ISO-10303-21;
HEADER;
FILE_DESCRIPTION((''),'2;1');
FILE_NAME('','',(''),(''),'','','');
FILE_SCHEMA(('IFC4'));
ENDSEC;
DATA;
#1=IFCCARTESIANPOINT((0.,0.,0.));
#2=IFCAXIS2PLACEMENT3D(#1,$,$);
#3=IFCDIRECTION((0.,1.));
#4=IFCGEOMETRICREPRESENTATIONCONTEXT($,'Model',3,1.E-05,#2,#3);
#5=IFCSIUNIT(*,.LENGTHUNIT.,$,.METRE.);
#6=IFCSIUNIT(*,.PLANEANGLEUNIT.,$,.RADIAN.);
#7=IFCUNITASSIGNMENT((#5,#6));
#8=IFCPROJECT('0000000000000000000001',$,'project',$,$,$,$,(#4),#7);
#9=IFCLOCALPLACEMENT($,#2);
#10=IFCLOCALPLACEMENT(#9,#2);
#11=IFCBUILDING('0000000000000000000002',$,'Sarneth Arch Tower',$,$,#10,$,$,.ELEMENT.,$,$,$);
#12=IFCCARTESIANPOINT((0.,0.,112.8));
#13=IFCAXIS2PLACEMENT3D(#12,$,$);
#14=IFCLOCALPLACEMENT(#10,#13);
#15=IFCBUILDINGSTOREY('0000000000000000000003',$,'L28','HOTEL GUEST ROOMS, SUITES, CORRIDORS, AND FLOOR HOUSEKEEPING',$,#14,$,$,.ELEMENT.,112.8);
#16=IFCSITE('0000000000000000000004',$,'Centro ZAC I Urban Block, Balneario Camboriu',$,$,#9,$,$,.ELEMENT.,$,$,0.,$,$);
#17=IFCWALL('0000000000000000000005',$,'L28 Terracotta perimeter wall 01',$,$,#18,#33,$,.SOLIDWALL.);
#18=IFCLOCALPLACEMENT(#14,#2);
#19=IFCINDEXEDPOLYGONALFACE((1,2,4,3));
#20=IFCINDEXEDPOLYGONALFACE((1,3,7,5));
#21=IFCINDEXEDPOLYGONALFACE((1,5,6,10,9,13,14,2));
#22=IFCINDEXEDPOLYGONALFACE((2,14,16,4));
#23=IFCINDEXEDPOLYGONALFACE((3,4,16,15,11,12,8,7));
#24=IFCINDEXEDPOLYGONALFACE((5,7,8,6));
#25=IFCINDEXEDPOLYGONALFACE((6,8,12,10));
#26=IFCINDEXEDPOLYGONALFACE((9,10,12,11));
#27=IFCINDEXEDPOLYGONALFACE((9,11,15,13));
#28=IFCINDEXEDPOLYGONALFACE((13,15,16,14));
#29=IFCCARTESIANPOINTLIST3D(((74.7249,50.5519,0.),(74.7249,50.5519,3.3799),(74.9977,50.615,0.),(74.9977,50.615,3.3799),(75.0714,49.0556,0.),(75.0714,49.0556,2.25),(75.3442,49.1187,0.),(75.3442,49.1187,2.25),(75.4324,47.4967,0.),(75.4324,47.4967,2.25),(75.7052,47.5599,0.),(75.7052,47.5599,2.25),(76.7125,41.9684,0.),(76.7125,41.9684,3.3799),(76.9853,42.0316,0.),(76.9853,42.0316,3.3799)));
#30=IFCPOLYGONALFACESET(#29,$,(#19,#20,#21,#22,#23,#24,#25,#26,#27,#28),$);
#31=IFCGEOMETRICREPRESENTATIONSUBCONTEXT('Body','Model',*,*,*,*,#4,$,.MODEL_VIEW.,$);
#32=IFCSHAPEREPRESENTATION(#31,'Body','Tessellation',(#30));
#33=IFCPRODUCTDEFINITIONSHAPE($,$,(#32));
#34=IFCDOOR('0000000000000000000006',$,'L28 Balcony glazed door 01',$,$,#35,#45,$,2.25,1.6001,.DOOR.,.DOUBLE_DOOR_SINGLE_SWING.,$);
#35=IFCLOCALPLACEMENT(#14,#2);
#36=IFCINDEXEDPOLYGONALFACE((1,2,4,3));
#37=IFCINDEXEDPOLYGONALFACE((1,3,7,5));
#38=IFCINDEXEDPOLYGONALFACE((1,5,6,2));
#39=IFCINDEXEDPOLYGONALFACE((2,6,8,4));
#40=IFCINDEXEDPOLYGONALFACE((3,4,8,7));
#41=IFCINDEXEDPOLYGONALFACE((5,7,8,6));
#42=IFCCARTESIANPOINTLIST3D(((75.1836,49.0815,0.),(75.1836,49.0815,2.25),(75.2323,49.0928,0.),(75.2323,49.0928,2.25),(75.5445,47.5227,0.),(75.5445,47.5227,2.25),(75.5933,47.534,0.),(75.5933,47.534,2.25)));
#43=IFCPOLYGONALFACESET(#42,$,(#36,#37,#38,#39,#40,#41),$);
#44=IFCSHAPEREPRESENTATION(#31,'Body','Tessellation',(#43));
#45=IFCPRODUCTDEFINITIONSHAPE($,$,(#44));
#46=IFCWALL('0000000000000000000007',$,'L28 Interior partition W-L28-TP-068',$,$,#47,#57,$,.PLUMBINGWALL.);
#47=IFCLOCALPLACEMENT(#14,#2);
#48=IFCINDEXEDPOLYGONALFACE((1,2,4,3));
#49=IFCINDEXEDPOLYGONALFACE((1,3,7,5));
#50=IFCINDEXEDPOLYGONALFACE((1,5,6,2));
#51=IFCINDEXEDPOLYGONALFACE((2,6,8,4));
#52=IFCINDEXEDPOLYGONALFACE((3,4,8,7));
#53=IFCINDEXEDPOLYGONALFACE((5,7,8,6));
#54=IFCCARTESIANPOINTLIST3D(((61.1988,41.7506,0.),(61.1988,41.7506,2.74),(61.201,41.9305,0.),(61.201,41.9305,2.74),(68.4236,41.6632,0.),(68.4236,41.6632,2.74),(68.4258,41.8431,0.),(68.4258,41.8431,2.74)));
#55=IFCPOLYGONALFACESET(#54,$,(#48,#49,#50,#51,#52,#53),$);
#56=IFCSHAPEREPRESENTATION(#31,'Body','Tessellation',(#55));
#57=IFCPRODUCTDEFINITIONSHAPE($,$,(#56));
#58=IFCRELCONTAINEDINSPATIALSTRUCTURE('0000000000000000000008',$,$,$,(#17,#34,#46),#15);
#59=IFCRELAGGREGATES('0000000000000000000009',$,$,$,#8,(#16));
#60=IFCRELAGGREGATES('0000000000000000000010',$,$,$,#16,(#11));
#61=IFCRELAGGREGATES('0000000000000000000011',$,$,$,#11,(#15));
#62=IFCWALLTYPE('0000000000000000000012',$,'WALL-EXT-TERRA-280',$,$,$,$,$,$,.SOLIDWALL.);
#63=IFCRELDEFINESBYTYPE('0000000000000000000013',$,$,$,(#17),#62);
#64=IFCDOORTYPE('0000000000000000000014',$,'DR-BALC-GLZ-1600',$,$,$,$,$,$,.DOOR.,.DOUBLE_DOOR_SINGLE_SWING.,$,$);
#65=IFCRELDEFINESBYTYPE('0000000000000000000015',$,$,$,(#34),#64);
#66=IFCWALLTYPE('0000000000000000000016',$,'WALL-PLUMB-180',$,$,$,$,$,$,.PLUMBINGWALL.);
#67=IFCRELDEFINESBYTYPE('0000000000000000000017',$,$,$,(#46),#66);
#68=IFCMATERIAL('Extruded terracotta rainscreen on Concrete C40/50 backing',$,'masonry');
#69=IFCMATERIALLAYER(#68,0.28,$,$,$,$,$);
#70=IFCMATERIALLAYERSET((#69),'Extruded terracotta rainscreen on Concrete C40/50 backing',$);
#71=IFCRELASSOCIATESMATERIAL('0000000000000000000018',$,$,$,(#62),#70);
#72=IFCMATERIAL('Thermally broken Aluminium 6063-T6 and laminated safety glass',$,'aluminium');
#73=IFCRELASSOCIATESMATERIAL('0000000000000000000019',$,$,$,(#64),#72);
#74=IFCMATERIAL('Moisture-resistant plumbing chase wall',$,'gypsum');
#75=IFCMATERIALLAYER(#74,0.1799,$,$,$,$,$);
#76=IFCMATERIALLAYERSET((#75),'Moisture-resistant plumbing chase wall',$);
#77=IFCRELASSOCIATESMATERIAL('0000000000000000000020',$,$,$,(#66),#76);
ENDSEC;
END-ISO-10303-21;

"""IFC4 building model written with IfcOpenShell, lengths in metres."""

from ifc_helpers import new_model, si_unit, direction, frame, frame_2d, origin, place, context, subcontext, project, spatial, rectangle, extrude, material, layer, layer_set, type_object, element, fill, save


model = new_model("IFC4")

# Units and contexts
model_context = context("Model", 3, precision=1e-05, world=origin(), true_north=direction((0.0, 1.0)))
body_context = subcontext(model_context, "Body", "Model", "MODEL_VIEW")
ifc_project = project(units=[si_unit("LENGTHUNIT", "METRE"), si_unit("PLANEANGLEUNIT", "RADIAN")], contexts=[model_context])

# Site, building, storey
site_placement = place(None, origin())
site = spatial("IfcSite", under=ifc_project, at=site_placement, Name="Centro ZAC I Urban Block, Balneario Camboriu", CompositionType="ELEMENT", RefElevation=0.0)
building_placement = place(site_placement, origin())
building = spatial("IfcBuilding", under=site, at=building_placement, Name="Sarneth Arch Tower", CompositionType="ELEMENT")
storey_placement = place(building_placement, frame((0.0, 0.0, 112.8)))
storey = spatial("IfcBuildingStorey", under=building, at=storey_placement, Name="L28", Description="HOTEL GUEST ROOMS, SUITES, CORRIDORS, AND FLOOR HOUSEKEEPING", CompositionType="ELEMENT", Elevation=112.8)

# Wall, opening, door
ifc_material_1 = material(Name="Extruded terracotta rainscreen on Concrete C40/50 backing", Category="masonry")
ifc_layer_1 = layer(ifc_material_1, 0.28)
ifc_layer_set_1 = layer_set([ifc_layer_1], Name="Extruded terracotta rainscreen on Concrete C40/50 backing")
wall_type_1 = type_object("IfcWallType", Name="WALL-EXT-TERRA-280", PredefinedType="SOLIDWALL", material=ifc_layer_set_1)
wall_1_placement = place(storey_placement, frame((76.8489, 42.0, 0.0), z_axis=(0.0, 0.0, 1.0), x_axis=(-0.225586, 0.974223, 0.0)))
wall_1 = element("IfcWall", 1, at=wall_1_placement, inside=storey, type_object=wall_type_1, Name="L28 Terracotta perimeter wall 01", PredefinedType="SOLIDWALL", context=body_context, shape_type="SweptSolid", body=[
    extrude(rectangle(XDim=8.8105, YDim=0.28, at=frame_2d((4.4053, 0.0))), origin(), (0.0, 0.0, 1.0), 3.3799),
])
opening_placement = place(wall_1_placement, frame((5.6746, 0.0, 0.0)))
opening = element("IfcOpeningElement", 2, at=opening_placement, cuts=wall_1, PredefinedType="OPENING", context=body_context, shape_type="SweptSolid", body=[
    extrude(rectangle(XDim=1.6001, YDim=2.25, at=frame_2d((0.8, 1.125))), frame((0.0, 0.1499, 0.0), z_axis=(0.0, -1.0, 0.0), x_axis=(1.0, 0.0, 0.0)), (0.0, 0.0, 1.0), 0.3),
])
ifc_material_2 = material(Name="Thermally broken Aluminium 6063-T6 and laminated safety glass", Category="aluminium")
door_type = type_object("IfcDoorType", Name="DR-BALC-GLZ-1600", OperationType="DOUBLE_DOOR_SINGLE_SWING", PredefinedType="DOOR", material=ifc_material_2)
door_placement = place(opening_placement, origin())
door = element("IfcDoor", 3, at=door_placement, inside=storey, type_object=door_type, Name="L28 Balcony glazed door 01", OperationType="DOUBLE_DOOR_SINGLE_SWING", OverallHeight=2.25, OverallWidth=1.6001, PredefinedType="DOOR", context=body_context, shape_type="SweptSolid", body=[
    extrude(rectangle(XDim=1.6001, YDim=2.25, at=frame_2d((0.8, 1.125))), frame((0.0, 0.0249, 0.0), z_axis=(0.0, -1.0, 0.0), x_axis=(1.0, 0.0, 0.0)), (0.0, 0.0, 1.0), 0.05),
])
fill(opening, door)

# Wall
ifc_material_3 = material(Name="Moisture-resistant plumbing chase wall", Category="gypsum")
ifc_layer_2 = layer(ifc_material_3, 0.1799)
ifc_layer_set_2 = layer_set([ifc_layer_2], Name="Moisture-resistant plumbing chase wall")
wall_type_2 = type_object("IfcWallType", Name="WALL-PLUMB-180", PredefinedType="PLUMBINGWALL", material=ifc_layer_set_2)
wall_2_placement = place(storey_placement, frame((68.4248, 41.7532, 0.0), z_axis=(0.0, 0.0, 1.0), x_axis=(-0.999927, 0.012097, 0.0)))
element("IfcWall", 4, at=wall_2_placement, inside=storey, type_object=wall_type_2, Name="L28 Interior partition W-L28-TP-068", PredefinedType="PLUMBINGWALL", context=body_context, shape_type="SweptSolid", body=[
    extrude(rectangle(XDim=7.2253, YDim=0.1799, at=frame_2d((3.6128, 0.0))), origin(), (0.0, 0.0, 1.0), 2.74),
])

save(model, "model.ifc")
